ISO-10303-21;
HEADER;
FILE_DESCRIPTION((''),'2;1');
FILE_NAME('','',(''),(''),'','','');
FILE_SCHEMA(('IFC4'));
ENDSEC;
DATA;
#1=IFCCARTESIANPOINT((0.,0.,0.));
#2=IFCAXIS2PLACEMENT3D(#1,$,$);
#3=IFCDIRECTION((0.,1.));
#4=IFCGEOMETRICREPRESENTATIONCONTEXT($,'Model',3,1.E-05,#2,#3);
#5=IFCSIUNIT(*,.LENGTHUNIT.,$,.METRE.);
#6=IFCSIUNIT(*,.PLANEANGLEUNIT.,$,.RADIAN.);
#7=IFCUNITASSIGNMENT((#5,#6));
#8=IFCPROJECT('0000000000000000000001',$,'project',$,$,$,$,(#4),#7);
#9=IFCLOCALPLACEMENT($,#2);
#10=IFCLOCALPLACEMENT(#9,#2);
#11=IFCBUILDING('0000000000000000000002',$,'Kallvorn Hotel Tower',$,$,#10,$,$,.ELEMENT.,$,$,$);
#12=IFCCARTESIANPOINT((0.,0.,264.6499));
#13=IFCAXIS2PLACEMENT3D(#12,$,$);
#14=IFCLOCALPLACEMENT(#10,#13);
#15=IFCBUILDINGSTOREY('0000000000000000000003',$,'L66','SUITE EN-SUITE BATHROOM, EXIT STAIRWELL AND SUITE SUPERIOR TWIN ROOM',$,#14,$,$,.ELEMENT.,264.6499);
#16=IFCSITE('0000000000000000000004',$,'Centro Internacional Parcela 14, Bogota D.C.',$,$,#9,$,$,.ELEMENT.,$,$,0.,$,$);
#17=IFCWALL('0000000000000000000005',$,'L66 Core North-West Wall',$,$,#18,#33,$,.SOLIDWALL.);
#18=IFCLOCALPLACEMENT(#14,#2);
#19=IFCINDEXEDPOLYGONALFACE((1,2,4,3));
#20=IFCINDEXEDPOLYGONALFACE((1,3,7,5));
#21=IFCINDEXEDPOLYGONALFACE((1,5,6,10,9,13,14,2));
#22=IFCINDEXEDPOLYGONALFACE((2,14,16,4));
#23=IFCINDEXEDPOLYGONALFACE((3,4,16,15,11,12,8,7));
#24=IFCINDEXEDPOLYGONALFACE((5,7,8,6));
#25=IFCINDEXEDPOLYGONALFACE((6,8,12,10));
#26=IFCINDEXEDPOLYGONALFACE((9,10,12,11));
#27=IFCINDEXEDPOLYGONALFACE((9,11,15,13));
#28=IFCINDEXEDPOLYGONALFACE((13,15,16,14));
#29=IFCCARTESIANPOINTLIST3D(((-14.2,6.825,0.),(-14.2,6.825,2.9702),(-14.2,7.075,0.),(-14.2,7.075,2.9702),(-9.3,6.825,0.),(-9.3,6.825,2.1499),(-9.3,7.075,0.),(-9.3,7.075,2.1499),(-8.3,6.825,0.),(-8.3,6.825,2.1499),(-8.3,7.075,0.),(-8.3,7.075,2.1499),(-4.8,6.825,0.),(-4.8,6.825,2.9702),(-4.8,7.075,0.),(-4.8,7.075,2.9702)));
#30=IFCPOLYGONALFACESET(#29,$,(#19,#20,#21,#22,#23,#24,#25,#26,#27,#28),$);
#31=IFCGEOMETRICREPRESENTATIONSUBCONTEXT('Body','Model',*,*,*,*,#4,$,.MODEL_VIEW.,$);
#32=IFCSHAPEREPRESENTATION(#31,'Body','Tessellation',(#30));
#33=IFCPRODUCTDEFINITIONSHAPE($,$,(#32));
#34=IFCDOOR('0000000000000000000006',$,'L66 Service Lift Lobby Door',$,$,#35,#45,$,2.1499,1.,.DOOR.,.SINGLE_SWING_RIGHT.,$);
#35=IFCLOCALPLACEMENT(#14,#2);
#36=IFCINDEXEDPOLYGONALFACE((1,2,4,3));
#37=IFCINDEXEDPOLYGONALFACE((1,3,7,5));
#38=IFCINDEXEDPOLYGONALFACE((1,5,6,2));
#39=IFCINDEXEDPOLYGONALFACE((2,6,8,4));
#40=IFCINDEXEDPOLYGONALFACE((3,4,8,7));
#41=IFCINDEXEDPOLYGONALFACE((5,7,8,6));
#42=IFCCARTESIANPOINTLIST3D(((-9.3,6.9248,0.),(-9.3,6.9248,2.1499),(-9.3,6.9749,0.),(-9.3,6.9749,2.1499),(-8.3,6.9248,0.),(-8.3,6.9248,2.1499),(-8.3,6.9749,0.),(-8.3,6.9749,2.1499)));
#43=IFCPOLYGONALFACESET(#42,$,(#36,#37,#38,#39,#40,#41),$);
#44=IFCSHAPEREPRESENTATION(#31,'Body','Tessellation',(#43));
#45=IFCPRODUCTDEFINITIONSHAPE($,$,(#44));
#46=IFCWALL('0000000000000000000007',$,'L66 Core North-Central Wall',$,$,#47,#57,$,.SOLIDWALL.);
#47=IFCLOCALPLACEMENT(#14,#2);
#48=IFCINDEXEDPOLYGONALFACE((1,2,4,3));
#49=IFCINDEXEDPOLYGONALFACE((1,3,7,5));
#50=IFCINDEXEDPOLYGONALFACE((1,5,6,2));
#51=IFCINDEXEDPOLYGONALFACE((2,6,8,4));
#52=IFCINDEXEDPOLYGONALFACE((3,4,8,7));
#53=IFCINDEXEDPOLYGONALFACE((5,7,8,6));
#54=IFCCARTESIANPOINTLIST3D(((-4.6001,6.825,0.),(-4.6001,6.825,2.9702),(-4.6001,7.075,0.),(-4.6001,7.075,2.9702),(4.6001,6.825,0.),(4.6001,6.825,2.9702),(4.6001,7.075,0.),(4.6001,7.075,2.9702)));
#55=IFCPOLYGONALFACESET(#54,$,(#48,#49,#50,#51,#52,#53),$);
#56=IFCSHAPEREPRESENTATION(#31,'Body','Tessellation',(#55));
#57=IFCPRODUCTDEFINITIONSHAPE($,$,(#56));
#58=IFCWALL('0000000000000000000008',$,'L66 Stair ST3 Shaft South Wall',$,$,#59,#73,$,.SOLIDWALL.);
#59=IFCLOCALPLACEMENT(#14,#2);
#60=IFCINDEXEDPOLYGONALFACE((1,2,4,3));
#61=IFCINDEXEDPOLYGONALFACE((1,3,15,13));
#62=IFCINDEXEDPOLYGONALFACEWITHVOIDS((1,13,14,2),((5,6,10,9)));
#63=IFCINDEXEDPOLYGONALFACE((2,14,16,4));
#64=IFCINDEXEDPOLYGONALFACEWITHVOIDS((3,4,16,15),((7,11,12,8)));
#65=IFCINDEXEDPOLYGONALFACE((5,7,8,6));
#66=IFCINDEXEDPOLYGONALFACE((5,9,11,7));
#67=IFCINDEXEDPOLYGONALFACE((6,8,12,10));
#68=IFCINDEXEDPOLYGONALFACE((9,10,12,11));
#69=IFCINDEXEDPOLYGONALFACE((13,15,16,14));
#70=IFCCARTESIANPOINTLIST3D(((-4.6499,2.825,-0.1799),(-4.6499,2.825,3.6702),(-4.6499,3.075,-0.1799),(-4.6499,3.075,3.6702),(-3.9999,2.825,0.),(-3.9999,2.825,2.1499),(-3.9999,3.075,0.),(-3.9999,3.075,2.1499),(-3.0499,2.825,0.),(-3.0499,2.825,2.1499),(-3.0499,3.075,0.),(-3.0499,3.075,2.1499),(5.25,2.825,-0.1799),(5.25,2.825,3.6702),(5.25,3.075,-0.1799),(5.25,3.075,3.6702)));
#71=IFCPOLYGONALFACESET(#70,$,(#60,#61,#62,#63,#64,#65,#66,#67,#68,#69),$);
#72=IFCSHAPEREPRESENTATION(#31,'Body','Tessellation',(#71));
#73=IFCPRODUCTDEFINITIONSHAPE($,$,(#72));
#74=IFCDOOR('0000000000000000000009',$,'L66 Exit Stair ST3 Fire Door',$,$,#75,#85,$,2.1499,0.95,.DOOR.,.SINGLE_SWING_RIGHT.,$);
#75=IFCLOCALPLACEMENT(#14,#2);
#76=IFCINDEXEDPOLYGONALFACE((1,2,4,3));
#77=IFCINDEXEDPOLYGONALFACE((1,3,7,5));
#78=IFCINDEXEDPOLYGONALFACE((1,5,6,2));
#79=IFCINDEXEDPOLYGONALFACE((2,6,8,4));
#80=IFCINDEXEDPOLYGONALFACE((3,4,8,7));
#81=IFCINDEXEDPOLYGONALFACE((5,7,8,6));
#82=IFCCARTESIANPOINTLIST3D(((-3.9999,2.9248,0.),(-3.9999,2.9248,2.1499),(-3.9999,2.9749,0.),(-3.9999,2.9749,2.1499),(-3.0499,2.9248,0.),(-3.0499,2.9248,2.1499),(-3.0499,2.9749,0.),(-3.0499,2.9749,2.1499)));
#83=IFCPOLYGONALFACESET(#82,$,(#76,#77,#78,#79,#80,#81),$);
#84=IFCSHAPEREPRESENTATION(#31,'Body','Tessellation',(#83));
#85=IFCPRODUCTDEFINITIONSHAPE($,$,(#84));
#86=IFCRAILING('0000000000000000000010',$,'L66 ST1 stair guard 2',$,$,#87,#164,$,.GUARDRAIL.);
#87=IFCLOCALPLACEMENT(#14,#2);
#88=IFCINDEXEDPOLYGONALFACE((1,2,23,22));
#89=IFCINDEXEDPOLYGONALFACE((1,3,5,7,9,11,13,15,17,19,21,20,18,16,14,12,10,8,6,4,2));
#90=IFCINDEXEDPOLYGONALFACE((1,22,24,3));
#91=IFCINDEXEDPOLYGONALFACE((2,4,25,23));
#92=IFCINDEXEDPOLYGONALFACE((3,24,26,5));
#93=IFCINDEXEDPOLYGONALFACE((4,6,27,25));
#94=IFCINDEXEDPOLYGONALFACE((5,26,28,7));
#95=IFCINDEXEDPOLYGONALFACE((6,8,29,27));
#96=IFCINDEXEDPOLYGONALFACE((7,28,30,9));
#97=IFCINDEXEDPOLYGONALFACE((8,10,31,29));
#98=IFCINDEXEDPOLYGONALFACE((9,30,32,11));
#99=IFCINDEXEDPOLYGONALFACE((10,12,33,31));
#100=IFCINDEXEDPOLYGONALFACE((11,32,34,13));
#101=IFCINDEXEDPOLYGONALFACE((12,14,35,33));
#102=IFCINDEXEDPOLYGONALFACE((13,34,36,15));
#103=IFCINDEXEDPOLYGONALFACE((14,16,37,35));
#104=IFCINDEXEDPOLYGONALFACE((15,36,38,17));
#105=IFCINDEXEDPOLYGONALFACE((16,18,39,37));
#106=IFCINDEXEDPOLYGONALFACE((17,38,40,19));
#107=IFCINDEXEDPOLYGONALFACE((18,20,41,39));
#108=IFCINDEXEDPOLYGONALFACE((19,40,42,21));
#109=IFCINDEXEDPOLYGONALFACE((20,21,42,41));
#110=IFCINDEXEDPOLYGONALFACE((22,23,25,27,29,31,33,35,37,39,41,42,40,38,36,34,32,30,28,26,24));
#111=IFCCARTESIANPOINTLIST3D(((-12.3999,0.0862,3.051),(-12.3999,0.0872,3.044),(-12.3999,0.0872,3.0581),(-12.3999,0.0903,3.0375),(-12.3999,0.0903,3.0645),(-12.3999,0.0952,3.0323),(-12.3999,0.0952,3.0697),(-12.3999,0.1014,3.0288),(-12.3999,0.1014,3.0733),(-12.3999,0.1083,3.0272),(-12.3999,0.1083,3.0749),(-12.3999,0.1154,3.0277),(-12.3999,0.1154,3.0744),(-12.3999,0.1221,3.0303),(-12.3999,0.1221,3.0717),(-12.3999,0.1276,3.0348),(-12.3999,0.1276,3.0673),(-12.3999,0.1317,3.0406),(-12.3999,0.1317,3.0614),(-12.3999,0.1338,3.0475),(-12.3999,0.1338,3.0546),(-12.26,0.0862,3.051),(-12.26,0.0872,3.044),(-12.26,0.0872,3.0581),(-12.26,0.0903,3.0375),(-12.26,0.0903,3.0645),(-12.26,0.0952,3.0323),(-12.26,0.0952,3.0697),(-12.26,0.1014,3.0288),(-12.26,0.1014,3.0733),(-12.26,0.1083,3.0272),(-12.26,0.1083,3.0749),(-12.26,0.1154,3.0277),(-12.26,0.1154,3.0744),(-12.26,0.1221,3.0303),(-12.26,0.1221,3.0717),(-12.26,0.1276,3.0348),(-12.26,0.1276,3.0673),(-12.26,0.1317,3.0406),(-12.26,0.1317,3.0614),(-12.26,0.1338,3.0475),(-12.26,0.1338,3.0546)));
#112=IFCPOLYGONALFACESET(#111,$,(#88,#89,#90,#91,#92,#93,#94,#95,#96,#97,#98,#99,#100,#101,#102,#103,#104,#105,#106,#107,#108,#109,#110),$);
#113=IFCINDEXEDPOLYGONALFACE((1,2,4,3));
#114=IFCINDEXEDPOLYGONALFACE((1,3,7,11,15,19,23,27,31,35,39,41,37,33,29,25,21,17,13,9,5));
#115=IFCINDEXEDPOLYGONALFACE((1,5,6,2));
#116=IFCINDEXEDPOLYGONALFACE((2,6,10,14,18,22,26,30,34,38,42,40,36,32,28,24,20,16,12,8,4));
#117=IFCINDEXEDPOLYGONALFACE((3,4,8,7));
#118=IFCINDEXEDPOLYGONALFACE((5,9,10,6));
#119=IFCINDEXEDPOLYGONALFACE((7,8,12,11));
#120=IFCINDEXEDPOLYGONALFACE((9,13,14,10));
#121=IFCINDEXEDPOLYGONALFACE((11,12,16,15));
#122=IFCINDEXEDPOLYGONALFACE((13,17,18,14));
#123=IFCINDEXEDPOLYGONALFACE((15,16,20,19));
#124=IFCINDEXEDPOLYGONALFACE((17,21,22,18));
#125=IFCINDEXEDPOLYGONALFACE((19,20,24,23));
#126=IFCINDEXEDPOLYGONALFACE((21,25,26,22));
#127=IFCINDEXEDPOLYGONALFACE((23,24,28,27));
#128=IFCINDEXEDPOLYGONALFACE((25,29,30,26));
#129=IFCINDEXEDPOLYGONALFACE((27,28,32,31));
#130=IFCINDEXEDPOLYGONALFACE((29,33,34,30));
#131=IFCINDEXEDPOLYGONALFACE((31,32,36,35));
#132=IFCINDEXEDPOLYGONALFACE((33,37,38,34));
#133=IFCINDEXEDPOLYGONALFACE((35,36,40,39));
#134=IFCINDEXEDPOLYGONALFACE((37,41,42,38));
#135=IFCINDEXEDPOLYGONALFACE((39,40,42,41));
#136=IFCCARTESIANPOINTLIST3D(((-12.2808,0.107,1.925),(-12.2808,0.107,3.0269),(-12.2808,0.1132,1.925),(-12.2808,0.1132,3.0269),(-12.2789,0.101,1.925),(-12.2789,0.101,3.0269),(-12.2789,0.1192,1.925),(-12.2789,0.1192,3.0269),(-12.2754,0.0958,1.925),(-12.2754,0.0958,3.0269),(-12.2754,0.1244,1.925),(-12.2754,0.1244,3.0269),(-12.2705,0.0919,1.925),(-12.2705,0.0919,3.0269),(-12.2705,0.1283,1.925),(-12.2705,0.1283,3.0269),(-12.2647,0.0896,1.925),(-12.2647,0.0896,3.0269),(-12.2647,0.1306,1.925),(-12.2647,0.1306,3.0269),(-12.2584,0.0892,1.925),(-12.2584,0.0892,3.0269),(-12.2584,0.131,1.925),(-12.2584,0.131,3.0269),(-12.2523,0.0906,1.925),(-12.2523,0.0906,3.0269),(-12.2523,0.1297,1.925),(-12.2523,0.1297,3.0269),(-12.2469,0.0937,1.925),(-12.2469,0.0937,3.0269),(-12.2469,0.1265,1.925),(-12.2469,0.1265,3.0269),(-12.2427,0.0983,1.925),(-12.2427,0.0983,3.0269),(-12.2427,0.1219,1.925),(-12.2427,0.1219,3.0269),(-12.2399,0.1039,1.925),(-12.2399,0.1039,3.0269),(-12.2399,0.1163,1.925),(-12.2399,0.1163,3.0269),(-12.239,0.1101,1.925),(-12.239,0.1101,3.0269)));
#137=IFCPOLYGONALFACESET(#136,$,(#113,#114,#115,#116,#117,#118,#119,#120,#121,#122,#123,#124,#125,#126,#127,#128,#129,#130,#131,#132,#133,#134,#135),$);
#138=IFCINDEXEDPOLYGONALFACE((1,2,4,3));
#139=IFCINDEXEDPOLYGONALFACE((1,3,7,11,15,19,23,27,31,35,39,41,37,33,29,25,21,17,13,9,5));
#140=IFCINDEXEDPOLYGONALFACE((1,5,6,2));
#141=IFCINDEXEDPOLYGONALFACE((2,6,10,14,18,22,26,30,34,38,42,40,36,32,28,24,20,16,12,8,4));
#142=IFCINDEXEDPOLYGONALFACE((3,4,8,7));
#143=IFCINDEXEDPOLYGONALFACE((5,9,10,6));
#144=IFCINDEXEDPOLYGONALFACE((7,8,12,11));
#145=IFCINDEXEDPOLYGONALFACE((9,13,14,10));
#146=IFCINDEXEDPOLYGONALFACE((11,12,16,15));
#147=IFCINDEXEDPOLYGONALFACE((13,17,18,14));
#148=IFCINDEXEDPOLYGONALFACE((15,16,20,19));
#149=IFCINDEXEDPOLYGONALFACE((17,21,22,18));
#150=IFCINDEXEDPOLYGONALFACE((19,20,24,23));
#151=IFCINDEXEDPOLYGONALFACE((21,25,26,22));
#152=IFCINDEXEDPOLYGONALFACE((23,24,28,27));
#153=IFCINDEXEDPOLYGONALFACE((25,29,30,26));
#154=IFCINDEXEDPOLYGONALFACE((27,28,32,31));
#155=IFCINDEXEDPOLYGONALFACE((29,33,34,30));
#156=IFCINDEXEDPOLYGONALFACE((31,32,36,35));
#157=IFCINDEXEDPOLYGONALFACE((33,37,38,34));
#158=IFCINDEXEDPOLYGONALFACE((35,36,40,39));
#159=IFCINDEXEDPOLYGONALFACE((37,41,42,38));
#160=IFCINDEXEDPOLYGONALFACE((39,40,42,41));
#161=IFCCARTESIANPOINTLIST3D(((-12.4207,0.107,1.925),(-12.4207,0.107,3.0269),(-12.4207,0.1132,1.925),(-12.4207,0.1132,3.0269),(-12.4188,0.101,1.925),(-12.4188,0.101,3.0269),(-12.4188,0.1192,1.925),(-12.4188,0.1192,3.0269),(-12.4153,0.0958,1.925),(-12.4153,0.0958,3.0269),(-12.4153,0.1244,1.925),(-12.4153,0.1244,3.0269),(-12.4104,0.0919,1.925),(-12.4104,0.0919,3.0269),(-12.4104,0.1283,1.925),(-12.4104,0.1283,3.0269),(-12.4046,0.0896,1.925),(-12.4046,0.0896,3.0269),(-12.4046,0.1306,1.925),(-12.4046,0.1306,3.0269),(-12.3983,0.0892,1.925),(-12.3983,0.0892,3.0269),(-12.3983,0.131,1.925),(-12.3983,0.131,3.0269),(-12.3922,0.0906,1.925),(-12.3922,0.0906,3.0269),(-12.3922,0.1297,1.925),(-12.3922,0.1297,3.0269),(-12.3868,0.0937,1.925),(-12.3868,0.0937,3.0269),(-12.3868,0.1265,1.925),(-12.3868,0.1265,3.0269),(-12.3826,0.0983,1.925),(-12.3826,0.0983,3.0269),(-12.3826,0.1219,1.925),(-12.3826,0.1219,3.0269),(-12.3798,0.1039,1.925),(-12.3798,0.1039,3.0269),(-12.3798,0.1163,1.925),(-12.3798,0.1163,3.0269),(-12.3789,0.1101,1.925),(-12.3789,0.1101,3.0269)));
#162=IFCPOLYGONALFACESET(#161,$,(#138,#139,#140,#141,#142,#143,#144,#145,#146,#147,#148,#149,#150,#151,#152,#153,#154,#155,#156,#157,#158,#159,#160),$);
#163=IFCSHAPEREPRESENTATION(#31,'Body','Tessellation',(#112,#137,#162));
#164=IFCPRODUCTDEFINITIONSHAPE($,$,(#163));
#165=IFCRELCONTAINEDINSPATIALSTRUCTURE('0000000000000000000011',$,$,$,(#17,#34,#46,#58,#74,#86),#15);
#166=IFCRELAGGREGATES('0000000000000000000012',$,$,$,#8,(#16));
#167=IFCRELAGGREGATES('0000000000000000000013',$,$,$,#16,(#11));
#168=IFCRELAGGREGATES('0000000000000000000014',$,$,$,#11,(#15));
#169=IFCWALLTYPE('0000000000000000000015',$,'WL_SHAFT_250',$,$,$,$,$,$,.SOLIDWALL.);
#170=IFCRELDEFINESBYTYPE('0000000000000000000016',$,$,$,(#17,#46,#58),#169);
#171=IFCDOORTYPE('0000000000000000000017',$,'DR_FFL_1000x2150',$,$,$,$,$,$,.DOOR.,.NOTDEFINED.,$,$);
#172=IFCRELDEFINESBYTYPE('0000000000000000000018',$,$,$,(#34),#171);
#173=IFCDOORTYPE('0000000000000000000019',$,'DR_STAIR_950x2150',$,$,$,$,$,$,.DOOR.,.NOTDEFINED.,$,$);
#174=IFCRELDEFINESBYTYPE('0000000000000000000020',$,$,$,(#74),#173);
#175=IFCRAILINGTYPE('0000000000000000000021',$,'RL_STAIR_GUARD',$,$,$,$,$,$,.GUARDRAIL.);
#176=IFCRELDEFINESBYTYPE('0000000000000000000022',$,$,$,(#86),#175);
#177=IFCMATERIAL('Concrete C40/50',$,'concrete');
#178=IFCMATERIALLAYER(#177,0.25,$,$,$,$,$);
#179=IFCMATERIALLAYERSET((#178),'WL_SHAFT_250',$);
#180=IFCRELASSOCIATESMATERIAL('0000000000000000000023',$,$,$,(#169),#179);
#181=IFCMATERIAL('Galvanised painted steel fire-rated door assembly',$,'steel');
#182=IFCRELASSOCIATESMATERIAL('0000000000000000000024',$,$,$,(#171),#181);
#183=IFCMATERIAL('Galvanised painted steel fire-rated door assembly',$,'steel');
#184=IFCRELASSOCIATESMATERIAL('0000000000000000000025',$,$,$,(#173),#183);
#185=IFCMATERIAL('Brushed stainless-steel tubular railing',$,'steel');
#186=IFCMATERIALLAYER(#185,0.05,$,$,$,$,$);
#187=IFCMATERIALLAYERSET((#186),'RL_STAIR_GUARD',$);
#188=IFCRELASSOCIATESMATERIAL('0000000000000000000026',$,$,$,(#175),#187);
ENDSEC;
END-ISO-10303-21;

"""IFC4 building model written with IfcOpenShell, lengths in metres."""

from ifc_helpers import new_model, si_unit, direction, frame, frame_2d, origin, origin_2d, place, context, subcontext, project, spatial, rectangle, circle, extrude, material, layer, layer_set, type_object, element, fill, save


model = new_model("IFC4")

# Units and contexts
model_context = context("Model", 3, precision=1e-05, world=origin(), true_north=direction((0.0, 1.0)))
body_context = subcontext(model_context, "Body", "Model", "MODEL_VIEW")
ifc_project = project(units=[si_unit("LENGTHUNIT", "METRE"), si_unit("PLANEANGLEUNIT", "RADIAN")], contexts=[model_context])

# Site, building, storey
site_placement = place(None, origin())
site = spatial("IfcSite", under=ifc_project, at=site_placement, Name="Centro Internacional Parcela 14, Bogota D.C.", CompositionType="ELEMENT", RefElevation=0.0)
building_placement = place(site_placement, origin())
building = spatial("IfcBuilding", under=site, at=building_placement, Name="Kallvorn Hotel Tower", CompositionType="ELEMENT")
storey_placement = place(building_placement, frame((0.0, 0.0, 264.6499)))
storey = spatial("IfcBuildingStorey", under=building, at=storey_placement, Name="L66", Description="SUITE EN-SUITE BATHROOM, EXIT STAIRWELL AND SUITE SUPERIOR TWIN ROOM", CompositionType="ELEMENT", Elevation=264.6499)

# Wall, opening, door
ifc_material_1 = material(Name="Concrete C40/50", Category="concrete")
ifc_layer_1 = layer(ifc_material_1, 0.25)
ifc_layer_set_1 = layer_set([ifc_layer_1], Name="WL_SHAFT_250")
wall_type_1 = type_object("IfcWallType", Name="WL_SHAFT_250", PredefinedType="SOLIDWALL", material=ifc_layer_set_1)
wall_1_placement = place(storey_placement, frame((-14.2, 6.95, 0.0), z_axis=(0.0, 0.0, 1.0), x_axis=(1.0, 0.0, 0.0)))
wall_1 = element("IfcWall", 1, at=wall_1_placement, inside=storey, type_object=wall_type_1, Name="L66 Core North-West Wall", PredefinedType="SOLIDWALL", context=body_context, shape_type="SweptSolid", body=[
    extrude(rectangle(XDim=9.3999, YDim=0.25, at=frame_2d((4.7, 0.0))), origin(), (0.0, 0.0, 1.0), 2.9702),
])
opening_1_placement = place(wall_1_placement, frame((4.8999, 0.0, 0.0)))
opening_1 = element("IfcOpeningElement", 2, at=opening_1_placement, cuts=wall_1, PredefinedType="OPENING", context=body_context, shape_type="SweptSolid", body=[
    extrude(rectangle(XDim=1.0, YDim=2.1499, at=frame_2d((0.5, 1.075))), frame((0.0, 0.1399, 0.0), z_axis=(0.0, -1.0, 0.0), x_axis=(1.0, 0.0, 0.0)), (0.0, 0.0, 1.0), 0.28),
])
ifc_material_2 = material(Name="Galvanised painted steel fire-rated door assembly", Category="steel")
door_type_1 = type_object("IfcDoorType", Name="DR_FFL_1000x2150", OperationType="NOTDEFINED", PredefinedType="DOOR", material=ifc_material_2)
door_1_placement = place(opening_1_placement, origin())
door_1 = element("IfcDoor", 3, at=door_1_placement, inside=storey, type_object=door_type_1, Name="L66 Service Lift Lobby Door", OperationType="SINGLE_SWING_RIGHT", OverallHeight=2.1499, OverallWidth=1.0, PredefinedType="DOOR", context=body_context, shape_type="SweptSolid", body=[
    extrude(rectangle(XDim=1.0, YDim=2.1499, at=frame_2d((0.5, 1.075))), frame((0.0, 0.0249, 0.0), z_axis=(0.0, -1.0, 0.0), x_axis=(1.0, 0.0, 0.0)), (0.0, 0.0, 1.0), 0.05),
])
fill(opening_1, door_1)

# Wall
wall_2_placement = place(storey_placement, frame((-4.6001, 6.95, 0.0), z_axis=(0.0, 0.0, 1.0), x_axis=(1.0, 0.0, 0.0)))
element("IfcWall", 4, at=wall_2_placement, inside=storey, type_object=wall_type_1, Name="L66 Core North-Central Wall", PredefinedType="SOLIDWALL", context=body_context, shape_type="SweptSolid", body=[
    extrude(rectangle(XDim=9.2002, YDim=0.25, at=frame_2d((4.6001, 0.0))), origin(), (0.0, 0.0, 1.0), 2.9702),
])

# Wall, opening, door
wall_3_placement = place(storey_placement, frame((-4.6499, 2.95, -0.1799), z_axis=(0.0, 0.0, 1.0), x_axis=(1.0, 0.0, 0.0)))
wall_3 = element("IfcWall", 5, at=wall_3_placement, inside=storey, type_object=wall_type_1, Name="L66 Stair ST3 Shaft South Wall", PredefinedType="SOLIDWALL", context=body_context, shape_type="SweptSolid", body=[
    extrude(rectangle(XDim=9.8999, YDim=0.25, at=frame_2d((4.95, 0.0))), origin(), (0.0, 0.0, 1.0), 3.8501),
])
opening_2_placement = place(wall_3_placement, frame((0.6499, 0.0, 0.1799)))
opening_2 = element("IfcOpeningElement", 6, at=opening_2_placement, cuts=wall_3, PredefinedType="OPENING", context=body_context, shape_type="SweptSolid", body=[
    extrude(rectangle(XDim=0.95, YDim=2.1499, at=frame_2d((0.4751, 1.075))), frame((0.0, 0.1399, 0.0), z_axis=(0.0, -1.0, 0.0), x_axis=(1.0, 0.0, 0.0)), (0.0, 0.0, 1.0), 0.28),
])
ifc_material_3 = material(Name="Galvanised painted steel fire-rated door assembly", Category="steel")
door_type_2 = type_object("IfcDoorType", Name="DR_STAIR_950x2150", OperationType="NOTDEFINED", PredefinedType="DOOR", material=ifc_material_3)
door_2_placement = place(opening_2_placement, origin())
door_2 = element("IfcDoor", 7, at=door_2_placement, inside=storey, type_object=door_type_2, Name="L66 Exit Stair ST3 Fire Door", OperationType="SINGLE_SWING_RIGHT", OverallHeight=2.1499, OverallWidth=0.95, PredefinedType="DOOR", context=body_context, shape_type="SweptSolid", body=[
    extrude(rectangle(XDim=0.95, YDim=2.1499, at=frame_2d((0.4751, 1.075))), frame((0.0, 0.0249, 0.0), z_axis=(0.0, -1.0, 0.0), x_axis=(1.0, 0.0, 0.0)), (0.0, 0.0, 1.0), 0.05),
])
fill(opening_2, door_2)

# Railing
ifc_material_4 = material(Name="Brushed stainless-steel tubular railing", Category="steel")
ifc_layer_2 = layer(ifc_material_4, 0.05)
ifc_layer_set_2 = layer_set([ifc_layer_2], Name="RL_STAIR_GUARD")
railing_type = type_object("IfcRailingType", Name="RL_STAIR_GUARD", PredefinedType="GUARDRAIL", material=ifc_layer_set_2)
railing_1_placement = place(storey_placement, frame((-12.26, 0.1101, 1.925)))
element("IfcRailing", 8, at=railing_1_placement, inside=storey, type_object=railing_type, Name="L66 ST1 stair guard 2", PredefinedType="GUARDRAIL", context=body_context, shape_type="SweptSolid", body=[
    extrude(circle(Radius=0.0239, at=origin_2d()), frame((0.0, 0.0, 1.126), z_axis=(-1.0, 0.0, 0.0), x_axis=(0.0, -1.0, 0.0)), (0.0, 0.0, 1.0), 0.1399),
    extrude(circle(Radius=0.021, at=origin_2d()), origin(), (0.0, 0.0, 1.0), 1.1018),
    extrude(circle(Radius=0.021, at=origin_2d()), frame((-0.1399, 0.0, 0.0)), (0.0, 0.0, 1.0), 1.1018),
])

save(model, "model.ifc")
